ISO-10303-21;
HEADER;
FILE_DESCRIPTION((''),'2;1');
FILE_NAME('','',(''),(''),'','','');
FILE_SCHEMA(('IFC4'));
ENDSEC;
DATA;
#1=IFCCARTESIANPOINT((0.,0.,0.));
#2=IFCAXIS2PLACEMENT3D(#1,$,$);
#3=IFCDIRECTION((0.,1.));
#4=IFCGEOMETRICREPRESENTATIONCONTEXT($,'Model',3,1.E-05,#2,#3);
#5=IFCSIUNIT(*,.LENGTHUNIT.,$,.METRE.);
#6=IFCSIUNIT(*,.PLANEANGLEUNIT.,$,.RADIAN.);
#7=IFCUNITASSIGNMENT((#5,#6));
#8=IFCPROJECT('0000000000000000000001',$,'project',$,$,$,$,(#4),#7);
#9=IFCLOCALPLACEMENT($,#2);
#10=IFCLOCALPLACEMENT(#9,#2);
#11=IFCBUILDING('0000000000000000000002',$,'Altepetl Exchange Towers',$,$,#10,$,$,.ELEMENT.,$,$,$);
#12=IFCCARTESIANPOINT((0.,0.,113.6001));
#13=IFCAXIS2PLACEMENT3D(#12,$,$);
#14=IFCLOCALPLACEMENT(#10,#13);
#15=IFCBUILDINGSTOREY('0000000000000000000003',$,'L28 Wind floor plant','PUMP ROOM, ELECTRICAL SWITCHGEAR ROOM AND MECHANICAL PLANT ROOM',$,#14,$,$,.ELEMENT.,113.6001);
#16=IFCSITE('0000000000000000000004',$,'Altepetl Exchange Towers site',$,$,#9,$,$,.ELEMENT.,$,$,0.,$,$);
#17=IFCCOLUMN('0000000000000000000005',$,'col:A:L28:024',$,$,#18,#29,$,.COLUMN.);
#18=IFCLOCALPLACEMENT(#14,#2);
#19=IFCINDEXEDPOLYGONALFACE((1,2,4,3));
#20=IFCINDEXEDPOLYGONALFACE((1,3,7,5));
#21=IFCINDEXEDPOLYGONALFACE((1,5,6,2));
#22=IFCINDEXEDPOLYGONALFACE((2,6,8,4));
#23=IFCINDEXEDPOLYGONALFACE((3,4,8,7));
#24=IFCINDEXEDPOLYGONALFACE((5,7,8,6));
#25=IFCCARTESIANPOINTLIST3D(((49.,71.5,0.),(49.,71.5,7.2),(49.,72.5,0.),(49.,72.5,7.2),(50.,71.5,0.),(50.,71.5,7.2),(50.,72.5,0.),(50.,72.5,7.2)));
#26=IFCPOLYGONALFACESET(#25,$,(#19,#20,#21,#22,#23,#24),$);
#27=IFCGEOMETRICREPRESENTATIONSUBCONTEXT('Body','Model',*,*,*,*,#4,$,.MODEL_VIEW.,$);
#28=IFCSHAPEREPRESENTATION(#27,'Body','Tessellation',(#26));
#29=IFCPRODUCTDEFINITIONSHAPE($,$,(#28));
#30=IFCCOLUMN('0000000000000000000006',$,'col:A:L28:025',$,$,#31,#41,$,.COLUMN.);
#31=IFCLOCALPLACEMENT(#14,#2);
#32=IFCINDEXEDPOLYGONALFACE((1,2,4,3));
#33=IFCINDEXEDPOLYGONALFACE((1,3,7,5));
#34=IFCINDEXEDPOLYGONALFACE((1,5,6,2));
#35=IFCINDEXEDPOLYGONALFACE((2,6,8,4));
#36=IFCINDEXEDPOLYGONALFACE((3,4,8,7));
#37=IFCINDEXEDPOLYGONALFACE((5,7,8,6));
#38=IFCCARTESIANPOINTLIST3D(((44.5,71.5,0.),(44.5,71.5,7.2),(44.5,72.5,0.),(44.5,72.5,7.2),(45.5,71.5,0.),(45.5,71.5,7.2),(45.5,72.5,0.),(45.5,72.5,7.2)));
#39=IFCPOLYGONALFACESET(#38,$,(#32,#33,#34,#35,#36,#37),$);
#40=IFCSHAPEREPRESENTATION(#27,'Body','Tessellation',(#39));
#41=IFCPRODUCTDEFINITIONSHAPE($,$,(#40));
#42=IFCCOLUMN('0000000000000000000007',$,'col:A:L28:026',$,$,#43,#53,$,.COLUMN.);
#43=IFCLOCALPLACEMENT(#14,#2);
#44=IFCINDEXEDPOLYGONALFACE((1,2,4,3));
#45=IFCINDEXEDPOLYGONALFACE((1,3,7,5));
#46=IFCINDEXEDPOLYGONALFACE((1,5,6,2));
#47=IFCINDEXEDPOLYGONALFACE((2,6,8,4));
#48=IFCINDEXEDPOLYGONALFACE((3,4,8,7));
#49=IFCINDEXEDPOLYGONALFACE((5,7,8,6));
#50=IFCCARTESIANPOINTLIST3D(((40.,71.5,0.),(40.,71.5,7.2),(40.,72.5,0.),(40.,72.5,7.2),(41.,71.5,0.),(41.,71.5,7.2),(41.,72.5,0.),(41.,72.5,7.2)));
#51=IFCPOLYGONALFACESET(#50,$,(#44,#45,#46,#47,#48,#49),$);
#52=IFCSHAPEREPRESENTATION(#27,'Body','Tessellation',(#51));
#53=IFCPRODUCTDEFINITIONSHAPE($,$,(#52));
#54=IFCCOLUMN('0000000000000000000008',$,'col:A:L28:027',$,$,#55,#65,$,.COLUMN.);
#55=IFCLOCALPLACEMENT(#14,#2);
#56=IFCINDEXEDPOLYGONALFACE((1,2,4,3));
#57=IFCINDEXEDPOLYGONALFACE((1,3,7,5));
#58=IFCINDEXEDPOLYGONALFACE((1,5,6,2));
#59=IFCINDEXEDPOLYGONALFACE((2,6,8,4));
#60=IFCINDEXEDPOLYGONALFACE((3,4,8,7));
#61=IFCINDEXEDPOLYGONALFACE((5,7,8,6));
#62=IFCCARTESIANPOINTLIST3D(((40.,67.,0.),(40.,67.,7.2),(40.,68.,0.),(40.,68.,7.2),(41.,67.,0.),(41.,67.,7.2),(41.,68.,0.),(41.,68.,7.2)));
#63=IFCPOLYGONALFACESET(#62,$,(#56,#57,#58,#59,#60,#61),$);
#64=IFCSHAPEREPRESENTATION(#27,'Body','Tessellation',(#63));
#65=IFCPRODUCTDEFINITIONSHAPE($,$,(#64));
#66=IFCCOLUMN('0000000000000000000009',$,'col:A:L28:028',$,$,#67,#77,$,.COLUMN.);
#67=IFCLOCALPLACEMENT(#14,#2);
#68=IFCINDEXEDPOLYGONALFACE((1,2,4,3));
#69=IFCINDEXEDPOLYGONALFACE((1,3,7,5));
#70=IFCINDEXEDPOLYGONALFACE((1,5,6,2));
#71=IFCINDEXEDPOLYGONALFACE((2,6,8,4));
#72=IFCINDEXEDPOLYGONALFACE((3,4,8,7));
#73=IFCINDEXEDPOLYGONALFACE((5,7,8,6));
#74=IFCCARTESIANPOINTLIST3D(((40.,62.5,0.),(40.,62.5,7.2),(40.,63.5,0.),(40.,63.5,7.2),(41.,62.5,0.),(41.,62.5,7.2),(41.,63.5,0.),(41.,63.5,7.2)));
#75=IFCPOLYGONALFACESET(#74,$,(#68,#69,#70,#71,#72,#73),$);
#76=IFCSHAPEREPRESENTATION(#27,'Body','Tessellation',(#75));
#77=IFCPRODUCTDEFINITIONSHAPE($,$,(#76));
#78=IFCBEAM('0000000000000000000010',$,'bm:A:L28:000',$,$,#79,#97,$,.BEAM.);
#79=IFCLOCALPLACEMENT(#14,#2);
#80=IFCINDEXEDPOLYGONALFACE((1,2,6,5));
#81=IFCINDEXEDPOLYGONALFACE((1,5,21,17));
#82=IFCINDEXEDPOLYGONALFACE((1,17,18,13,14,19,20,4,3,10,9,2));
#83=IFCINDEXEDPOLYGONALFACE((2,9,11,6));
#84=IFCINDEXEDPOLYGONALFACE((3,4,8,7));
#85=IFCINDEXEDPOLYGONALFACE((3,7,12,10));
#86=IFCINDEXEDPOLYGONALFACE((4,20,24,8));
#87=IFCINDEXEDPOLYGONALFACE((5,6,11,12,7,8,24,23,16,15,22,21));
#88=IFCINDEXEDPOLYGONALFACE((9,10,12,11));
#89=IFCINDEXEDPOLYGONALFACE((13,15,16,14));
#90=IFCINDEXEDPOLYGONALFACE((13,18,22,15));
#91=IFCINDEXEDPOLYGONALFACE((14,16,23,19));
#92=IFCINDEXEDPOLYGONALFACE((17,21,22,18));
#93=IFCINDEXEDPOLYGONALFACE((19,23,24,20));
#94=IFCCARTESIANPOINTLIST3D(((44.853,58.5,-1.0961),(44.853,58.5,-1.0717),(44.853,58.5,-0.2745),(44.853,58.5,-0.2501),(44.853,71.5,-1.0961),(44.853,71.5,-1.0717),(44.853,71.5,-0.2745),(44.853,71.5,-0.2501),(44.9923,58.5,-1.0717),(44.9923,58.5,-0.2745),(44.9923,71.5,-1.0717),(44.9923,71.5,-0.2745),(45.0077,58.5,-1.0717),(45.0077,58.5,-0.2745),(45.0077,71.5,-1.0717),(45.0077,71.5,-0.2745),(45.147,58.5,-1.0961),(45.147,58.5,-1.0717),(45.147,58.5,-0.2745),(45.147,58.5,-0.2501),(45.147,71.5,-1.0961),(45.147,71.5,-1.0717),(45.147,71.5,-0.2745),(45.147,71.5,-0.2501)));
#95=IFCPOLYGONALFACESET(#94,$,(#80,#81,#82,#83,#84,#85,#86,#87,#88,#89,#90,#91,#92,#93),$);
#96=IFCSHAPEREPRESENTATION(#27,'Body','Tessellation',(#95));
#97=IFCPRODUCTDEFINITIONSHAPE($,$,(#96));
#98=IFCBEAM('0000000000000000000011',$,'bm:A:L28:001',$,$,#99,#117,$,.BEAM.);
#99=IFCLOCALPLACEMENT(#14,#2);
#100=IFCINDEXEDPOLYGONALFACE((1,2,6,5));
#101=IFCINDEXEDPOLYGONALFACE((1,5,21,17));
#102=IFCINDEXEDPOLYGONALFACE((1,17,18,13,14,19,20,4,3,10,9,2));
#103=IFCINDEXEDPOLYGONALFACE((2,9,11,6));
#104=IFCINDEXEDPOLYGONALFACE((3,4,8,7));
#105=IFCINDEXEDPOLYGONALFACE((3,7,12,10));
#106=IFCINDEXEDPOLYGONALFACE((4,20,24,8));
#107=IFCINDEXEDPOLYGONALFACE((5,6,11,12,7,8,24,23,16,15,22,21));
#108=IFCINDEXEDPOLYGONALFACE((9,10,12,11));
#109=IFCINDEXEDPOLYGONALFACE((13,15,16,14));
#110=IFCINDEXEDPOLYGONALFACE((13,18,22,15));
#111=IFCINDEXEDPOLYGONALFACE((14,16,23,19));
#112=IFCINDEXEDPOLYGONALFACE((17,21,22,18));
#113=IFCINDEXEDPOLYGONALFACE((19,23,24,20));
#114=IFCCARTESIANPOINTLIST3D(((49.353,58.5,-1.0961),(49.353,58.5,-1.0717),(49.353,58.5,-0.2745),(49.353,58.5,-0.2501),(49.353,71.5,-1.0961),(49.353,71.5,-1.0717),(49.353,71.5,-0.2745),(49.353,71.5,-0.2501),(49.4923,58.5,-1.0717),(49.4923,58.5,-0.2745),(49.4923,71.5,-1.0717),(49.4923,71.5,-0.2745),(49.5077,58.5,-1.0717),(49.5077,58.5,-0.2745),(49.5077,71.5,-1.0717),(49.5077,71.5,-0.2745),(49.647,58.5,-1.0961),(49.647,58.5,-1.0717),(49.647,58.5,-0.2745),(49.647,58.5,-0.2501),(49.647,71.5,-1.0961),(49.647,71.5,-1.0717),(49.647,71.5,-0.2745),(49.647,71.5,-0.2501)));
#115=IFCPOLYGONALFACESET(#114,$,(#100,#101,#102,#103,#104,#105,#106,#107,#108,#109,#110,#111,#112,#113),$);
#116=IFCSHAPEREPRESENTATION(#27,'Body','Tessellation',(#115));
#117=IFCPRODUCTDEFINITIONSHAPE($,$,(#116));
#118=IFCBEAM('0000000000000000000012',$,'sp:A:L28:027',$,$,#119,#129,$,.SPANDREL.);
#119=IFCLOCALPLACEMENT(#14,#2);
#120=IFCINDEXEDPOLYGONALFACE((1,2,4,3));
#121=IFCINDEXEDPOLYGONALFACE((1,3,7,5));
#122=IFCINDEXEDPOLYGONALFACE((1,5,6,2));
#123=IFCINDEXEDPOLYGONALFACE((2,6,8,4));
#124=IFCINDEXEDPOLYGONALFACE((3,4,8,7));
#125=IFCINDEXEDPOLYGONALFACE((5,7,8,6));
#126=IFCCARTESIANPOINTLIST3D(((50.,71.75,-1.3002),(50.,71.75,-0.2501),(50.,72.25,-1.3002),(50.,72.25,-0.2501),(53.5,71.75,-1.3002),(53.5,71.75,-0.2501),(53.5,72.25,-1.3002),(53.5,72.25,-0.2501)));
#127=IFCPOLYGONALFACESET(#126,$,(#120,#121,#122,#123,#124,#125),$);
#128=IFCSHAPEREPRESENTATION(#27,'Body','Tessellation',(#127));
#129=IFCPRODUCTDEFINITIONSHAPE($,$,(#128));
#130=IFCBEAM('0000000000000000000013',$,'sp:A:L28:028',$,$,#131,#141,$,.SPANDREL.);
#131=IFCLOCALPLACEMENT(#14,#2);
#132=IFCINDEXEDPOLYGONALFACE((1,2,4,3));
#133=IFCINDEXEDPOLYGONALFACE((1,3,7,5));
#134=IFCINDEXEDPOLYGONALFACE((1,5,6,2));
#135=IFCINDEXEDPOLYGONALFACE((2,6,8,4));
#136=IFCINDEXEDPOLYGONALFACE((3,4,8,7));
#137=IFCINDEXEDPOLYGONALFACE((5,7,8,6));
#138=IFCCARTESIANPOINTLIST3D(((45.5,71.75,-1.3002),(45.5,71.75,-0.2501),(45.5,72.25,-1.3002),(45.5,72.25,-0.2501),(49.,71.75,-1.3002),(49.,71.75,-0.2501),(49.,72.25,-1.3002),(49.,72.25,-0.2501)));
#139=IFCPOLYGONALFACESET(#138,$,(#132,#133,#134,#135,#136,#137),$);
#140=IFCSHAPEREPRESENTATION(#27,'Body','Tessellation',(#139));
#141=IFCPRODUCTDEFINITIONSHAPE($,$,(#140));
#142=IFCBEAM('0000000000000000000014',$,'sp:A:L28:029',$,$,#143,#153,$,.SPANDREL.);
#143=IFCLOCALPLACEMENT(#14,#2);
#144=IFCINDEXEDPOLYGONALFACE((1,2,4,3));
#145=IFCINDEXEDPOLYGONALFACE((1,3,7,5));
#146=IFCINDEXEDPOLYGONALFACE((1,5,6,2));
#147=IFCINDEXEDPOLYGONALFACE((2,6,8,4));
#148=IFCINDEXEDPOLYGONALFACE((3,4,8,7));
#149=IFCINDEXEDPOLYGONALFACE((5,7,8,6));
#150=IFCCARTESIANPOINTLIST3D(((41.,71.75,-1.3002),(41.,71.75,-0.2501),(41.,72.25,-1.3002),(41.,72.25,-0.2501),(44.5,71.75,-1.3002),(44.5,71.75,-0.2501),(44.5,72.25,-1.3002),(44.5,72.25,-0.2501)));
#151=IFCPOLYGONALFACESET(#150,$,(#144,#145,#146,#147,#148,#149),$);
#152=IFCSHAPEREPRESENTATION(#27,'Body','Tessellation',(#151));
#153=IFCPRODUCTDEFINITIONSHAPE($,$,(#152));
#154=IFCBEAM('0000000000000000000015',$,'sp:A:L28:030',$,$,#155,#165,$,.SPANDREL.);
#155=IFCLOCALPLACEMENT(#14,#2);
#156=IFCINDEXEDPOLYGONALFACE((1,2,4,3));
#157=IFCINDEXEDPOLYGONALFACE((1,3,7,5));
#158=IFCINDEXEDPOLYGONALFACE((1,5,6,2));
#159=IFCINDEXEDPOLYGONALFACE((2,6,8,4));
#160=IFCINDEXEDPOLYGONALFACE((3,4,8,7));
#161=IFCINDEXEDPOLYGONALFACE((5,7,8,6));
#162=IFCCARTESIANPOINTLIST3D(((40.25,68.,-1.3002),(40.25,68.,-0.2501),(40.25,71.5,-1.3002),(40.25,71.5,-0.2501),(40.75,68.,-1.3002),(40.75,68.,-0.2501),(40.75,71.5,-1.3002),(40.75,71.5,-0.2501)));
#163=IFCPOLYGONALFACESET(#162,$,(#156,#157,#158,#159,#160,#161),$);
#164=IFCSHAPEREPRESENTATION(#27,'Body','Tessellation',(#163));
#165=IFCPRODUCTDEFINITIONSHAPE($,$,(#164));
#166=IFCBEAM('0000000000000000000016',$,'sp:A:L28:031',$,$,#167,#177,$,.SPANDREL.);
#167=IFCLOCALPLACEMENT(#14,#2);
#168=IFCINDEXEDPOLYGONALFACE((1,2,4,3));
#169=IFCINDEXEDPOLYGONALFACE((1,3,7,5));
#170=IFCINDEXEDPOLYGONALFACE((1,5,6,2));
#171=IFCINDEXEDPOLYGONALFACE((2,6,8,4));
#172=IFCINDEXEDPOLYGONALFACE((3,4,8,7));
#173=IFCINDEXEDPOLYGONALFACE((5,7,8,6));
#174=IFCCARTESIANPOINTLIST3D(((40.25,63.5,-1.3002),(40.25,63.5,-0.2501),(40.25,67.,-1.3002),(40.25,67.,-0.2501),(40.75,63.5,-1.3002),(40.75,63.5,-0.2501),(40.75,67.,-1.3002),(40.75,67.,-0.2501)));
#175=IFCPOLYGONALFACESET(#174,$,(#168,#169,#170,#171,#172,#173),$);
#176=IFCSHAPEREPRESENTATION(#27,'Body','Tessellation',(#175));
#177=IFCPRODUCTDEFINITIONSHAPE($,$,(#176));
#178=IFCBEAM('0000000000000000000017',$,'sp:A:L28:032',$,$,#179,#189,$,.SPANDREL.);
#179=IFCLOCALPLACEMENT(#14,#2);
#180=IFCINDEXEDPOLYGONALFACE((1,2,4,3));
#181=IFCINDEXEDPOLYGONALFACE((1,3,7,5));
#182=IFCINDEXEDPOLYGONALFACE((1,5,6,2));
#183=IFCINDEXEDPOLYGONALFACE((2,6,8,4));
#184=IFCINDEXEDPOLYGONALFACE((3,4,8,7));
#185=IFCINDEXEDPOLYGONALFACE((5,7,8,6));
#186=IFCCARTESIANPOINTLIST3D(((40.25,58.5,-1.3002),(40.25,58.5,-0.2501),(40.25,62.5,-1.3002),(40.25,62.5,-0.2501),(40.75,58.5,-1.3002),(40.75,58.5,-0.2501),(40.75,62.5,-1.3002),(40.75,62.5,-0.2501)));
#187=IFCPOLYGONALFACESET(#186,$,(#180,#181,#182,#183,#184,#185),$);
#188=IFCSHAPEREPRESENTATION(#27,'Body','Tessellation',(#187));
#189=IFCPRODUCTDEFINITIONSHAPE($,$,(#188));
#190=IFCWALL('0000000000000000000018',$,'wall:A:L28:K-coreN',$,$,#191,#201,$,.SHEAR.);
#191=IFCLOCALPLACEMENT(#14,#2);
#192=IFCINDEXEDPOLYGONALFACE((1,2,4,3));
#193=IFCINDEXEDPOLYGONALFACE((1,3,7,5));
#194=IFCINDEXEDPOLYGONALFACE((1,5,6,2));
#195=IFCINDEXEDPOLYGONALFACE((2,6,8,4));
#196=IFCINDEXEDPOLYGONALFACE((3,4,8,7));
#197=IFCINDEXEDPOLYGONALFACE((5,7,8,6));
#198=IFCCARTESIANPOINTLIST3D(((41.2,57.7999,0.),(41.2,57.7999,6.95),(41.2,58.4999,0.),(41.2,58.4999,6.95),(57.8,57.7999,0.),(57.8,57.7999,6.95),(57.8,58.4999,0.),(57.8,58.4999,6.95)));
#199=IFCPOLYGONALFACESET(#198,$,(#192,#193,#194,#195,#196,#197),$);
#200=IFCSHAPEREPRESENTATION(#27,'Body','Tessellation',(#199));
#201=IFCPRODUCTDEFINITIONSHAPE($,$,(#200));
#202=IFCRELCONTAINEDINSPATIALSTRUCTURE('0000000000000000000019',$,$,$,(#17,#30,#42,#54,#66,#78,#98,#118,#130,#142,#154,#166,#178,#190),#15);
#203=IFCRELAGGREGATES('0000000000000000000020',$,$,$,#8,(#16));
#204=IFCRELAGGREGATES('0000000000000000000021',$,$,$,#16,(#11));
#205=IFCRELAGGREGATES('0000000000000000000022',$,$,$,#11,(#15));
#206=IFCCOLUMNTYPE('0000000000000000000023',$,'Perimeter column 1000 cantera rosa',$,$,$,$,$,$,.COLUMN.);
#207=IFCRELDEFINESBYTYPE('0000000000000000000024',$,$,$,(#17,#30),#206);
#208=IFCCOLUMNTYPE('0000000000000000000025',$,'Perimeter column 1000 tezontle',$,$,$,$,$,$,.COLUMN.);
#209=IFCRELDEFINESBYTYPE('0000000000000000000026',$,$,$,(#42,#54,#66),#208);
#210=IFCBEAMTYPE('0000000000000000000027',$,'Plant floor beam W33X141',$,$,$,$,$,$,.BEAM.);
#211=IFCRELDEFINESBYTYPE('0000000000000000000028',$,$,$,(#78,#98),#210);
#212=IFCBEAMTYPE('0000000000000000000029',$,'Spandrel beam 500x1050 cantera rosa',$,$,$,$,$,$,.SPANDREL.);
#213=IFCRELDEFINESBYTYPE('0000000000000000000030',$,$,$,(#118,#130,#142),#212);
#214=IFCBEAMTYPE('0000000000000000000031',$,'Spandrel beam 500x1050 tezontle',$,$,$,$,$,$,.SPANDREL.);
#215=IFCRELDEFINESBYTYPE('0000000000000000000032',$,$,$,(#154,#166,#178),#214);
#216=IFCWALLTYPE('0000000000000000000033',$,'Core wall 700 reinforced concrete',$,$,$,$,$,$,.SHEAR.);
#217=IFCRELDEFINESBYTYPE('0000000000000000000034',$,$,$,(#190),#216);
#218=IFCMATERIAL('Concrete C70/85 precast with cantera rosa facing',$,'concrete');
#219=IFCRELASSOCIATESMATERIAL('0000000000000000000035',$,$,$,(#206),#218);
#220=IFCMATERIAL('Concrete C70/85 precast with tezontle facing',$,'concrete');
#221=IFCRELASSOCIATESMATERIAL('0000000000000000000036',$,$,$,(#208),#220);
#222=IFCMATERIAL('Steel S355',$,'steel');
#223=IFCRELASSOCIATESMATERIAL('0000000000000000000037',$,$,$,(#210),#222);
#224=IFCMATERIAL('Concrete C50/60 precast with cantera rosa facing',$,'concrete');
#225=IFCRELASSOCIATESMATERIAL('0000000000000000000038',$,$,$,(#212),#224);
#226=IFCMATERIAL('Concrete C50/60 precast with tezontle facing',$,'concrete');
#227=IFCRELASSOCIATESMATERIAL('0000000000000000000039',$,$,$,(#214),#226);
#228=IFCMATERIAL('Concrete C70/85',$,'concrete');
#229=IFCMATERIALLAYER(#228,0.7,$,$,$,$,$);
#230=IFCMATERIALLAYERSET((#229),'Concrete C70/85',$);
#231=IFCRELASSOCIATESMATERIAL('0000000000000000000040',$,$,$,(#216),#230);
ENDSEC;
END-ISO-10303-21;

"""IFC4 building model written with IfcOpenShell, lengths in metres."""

from ifc_helpers import new_model, si_unit, direction, frame, frame_2d, origin, origin_2d, place, context, subcontext, project, spatial, rectangle, i_section, extrude, material, layer, layer_set, material_profile, profile_set, type_object, element, save


model = new_model("IFC4")

# Units and contexts
model_context = context("Model", 3, precision=1e-05, world=origin(), true_north=direction((0.0, 1.0)))
body_context = subcontext(model_context, "Body", "Model", "MODEL_VIEW")
ifc_project = project(units=[si_unit("LENGTHUNIT", "METRE"), si_unit("PLANEANGLEUNIT", "RADIAN")], contexts=[model_context])

# Site, building, storey
site_placement = place(None, origin())
site = spatial("IfcSite", under=ifc_project, at=site_placement, Name="Altepetl Exchange Towers site", CompositionType="ELEMENT", RefElevation=0.0)
building_placement = place(site_placement, origin())
building = spatial("IfcBuilding", under=site, at=building_placement, Name="Altepetl Exchange Towers", CompositionType="ELEMENT")
storey_placement = place(building_placement, frame((0.0, 0.0, 113.6001)))
storey = spatial("IfcBuildingStorey", under=building, at=storey_placement, Name="L28 Wind floor plant", Description="PUMP ROOM, ELECTRICAL SWITCHGEAR ROOM AND MECHANICAL PLANT ROOM", CompositionType="ELEMENT", Elevation=113.6001)

# Columns
ifc_material_1 = material(Name="Concrete C70/85 precast with cantera rosa facing", Category="concrete")
ifc_material_profile_1 = material_profile(ifc_material_1, rectangle(XDim=1.0, YDim=1.0, at=origin_2d()), Name="1000 x 1000")
ifc_profile_set_1 = profile_set([ifc_material_profile_1], Name="Concrete C70/85 precast with cantera rosa facing")
column_type_1 = type_object("IfcColumnType", Name="Perimeter column 1000 cantera rosa", PredefinedType="COLUMN", material=ifc_profile_set_1)
for number, where, name in (
    (1, (49.5, 72.0, 0.0), "col:A:L28:024"),
    (2, (45.0, 72.0, 0.0), "col:A:L28:025"),
):
    element("IfcColumn", number, at=place(storey_placement, frame(where)), inside=storey, type_object=column_type_1, Name=name, PredefinedType="COLUMN", context=body_context, shape_type="SweptSolid", body=[
        extrude(rectangle(XDim=1.0, YDim=1.0, at=origin_2d()), origin(), (0.0, 0.0, 1.0), 7.2),
    ])
ifc_material_2 = material(Name="Concrete C70/85 precast with tezontle facing", Category="concrete")
ifc_material_profile_2 = material_profile(ifc_material_2, rectangle(XDim=1.0, YDim=1.0, at=origin_2d()), Name="1000 x 1000")
ifc_profile_set_2 = profile_set([ifc_material_profile_2], Name="Concrete C70/85 precast with tezontle facing")
column_type_2 = type_object("IfcColumnType", Name="Perimeter column 1000 tezontle", PredefinedType="COLUMN", material=ifc_profile_set_2)
for number, where, name in (
    (3, (40.5, 72.0, 0.0), "col:A:L28:026"),
    (4, (40.5, 67.5, 0.0), "col:A:L28:027"),
    (5, (40.5, 63.0, 0.0), "col:A:L28:028"),
):
    element("IfcColumn", number, at=place(storey_placement, frame(where)), inside=storey, type_object=column_type_2, Name=name, PredefinedType="COLUMN", context=body_context, shape_type="SweptSolid", body=[
        extrude(rectangle(XDim=1.0, YDim=1.0, at=origin_2d()), origin(), (0.0, 0.0, 1.0), 7.2),
    ])

# Beams
ifc_material_3 = material(Name="Steel S355", Category="steel")
ifc_material_profile_3 = material_profile(ifc_material_3, i_section(OverallWidth=0.2939, OverallDepth=0.8459, WebThickness=0.0154, FlangeThickness=0.0244, at=origin_2d()), Name="W33X141")
ifc_profile_set_3 = profile_set([ifc_material_profile_3], Name="Steel S355")
beam_type_1 = type_object("IfcBeamType", Name="Plant floor beam W33X141", PredefinedType="BEAM", material=ifc_profile_set_3)
for number, where, z_axis, x_axis, name in (
    (6, (45.0, 58.5, -0.6731), (0.0, 1.0, 0.0), (-1.0, 0.0, 0.0), "bm:A:L28:000"),
    (7, (49.5, 58.5, -0.6731), (0.0, 1.0, 0.0), (-1.0, 0.0, 0.0), "bm:A:L28:001"),
):
    element("IfcBeam", number, at=place(storey_placement, frame(where, z_axis=z_axis, x_axis=x_axis)), inside=storey, type_object=beam_type_1, Name=name, PredefinedType="BEAM", context=body_context, shape_type="SweptSolid", body=[
        extrude(i_section(OverallWidth=0.2939, OverallDepth=0.8459, WebThickness=0.0154, FlangeThickness=0.0244, at=origin_2d()), origin(), (0.0, 0.0, 1.0), 13.0),
    ])
ifc_material_4 = material(Name="Concrete C50/60 precast with cantera rosa facing", Category="concrete")
ifc_material_profile_4 = material_profile(ifc_material_4, rectangle(XDim=0.5, YDim=1.05, at=origin_2d()), Name="500 x 1050")
ifc_profile_set_4 = profile_set([ifc_material_profile_4], Name="Concrete C50/60 precast with cantera rosa facing")
beam_type_2 = type_object("IfcBeamType", Name="Spandrel beam 500x1050 cantera rosa", PredefinedType="SPANDREL", material=ifc_profile_set_4)
for number, where, z_axis, x_axis, name in (
    (8, (53.5, 72.0, -0.7751), (-1.0, 0.0, 0.0), (0.0, -1.0, 0.0), "sp:A:L28:027"),
    (9, (49.0, 72.0, -0.7751), (-1.0, 0.0, 0.0), (0.0, -1.0, 0.0), "sp:A:L28:028"),
    (10, (44.5, 72.0, -0.7751), (-1.0, 0.0, 0.0), (0.0, -1.0, 0.0), "sp:A:L28:029"),
):
    element("IfcBeam", number, at=place(storey_placement, frame(where, z_axis=z_axis, x_axis=x_axis)), inside=storey, type_object=beam_type_2, Name=name, PredefinedType="SPANDREL", context=body_context, shape_type="SweptSolid", body=[
        extrude(rectangle(XDim=0.5, YDim=1.05, at=origin_2d()), origin(), (0.0, 0.0, 1.0), 3.5),
    ])
ifc_material_5 = material(Name="Concrete C50/60 precast with tezontle facing", Category="concrete")
ifc_material_profile_5 = material_profile(ifc_material_5, rectangle(XDim=0.5, YDim=1.05, at=origin_2d()), Name="500 x 1050")
ifc_profile_set_5 = profile_set([ifc_material_profile_5], Name="Concrete C50/60 precast with tezontle facing")
beam_type_3 = type_object("IfcBeamType", Name="Spandrel beam 500x1050 tezontle", PredefinedType="SPANDREL", material=ifc_profile_set_5)
for number, where, z_axis, x_axis, name in (
    (11, (40.5, 71.5, -0.7751), (0.0, -1.0, 0.0), (1.0, 0.0, 0.0), "sp:A:L28:030"),
    (12, (40.5, 67.0, -0.7751), (0.0, -1.0, 0.0), (1.0, 0.0, 0.0), "sp:A:L28:031"),
):
    element("IfcBeam", number, at=place(storey_placement, frame(where, z_axis=z_axis, x_axis=x_axis)), inside=storey, type_object=beam_type_3, Name=name, PredefinedType="SPANDREL", context=body_context, shape_type="SweptSolid", body=[
        extrude(rectangle(XDim=0.5, YDim=1.05, at=origin_2d()), origin(), (0.0, 0.0, 1.0), 3.5),
    ])
beam_placement = place(storey_placement, frame((40.5, 62.5, -0.7751), z_axis=(0.0, -1.0, 0.0), x_axis=(1.0, 0.0, 0.0)))
element("IfcBeam", 13, at=beam_placement, inside=storey, type_object=beam_type_3, Name="sp:A:L28:032", PredefinedType="SPANDREL", context=body_context, shape_type="SweptSolid", body=[
    extrude(rectangle(XDim=0.5, YDim=1.05, at=origin_2d()), origin(), (0.0, 0.0, 1.0), 4.0),
])

# Wall
ifc_material_6 = material(Name="Concrete C70/85", Category="concrete")
ifc_layer_1 = layer(ifc_material_6, 0.7)
ifc_layer_set_1 = layer_set([ifc_layer_1], Name="Concrete C70/85")
wall_type_1 = type_object("IfcWallType", Name="Core wall 700 reinforced concrete", PredefinedType="SHEAR", material=ifc_layer_set_1)
wall_1_placement = place(storey_placement, frame((41.2, 58.1499, 0.0)))
element("IfcWall", 14, at=wall_1_placement, inside=storey, type_object=wall_type_1, Name="wall:A:L28:K-coreN", PredefinedType="SHEAR", context=body_context, shape_type="SweptSolid", body=[
    extrude(rectangle(XDim=16.6001, YDim=0.7, at=frame_2d((8.3, 0.0))), origin(), (0.0, 0.0, 1.0), 6.95),
])

save(model, "model.ifc")
